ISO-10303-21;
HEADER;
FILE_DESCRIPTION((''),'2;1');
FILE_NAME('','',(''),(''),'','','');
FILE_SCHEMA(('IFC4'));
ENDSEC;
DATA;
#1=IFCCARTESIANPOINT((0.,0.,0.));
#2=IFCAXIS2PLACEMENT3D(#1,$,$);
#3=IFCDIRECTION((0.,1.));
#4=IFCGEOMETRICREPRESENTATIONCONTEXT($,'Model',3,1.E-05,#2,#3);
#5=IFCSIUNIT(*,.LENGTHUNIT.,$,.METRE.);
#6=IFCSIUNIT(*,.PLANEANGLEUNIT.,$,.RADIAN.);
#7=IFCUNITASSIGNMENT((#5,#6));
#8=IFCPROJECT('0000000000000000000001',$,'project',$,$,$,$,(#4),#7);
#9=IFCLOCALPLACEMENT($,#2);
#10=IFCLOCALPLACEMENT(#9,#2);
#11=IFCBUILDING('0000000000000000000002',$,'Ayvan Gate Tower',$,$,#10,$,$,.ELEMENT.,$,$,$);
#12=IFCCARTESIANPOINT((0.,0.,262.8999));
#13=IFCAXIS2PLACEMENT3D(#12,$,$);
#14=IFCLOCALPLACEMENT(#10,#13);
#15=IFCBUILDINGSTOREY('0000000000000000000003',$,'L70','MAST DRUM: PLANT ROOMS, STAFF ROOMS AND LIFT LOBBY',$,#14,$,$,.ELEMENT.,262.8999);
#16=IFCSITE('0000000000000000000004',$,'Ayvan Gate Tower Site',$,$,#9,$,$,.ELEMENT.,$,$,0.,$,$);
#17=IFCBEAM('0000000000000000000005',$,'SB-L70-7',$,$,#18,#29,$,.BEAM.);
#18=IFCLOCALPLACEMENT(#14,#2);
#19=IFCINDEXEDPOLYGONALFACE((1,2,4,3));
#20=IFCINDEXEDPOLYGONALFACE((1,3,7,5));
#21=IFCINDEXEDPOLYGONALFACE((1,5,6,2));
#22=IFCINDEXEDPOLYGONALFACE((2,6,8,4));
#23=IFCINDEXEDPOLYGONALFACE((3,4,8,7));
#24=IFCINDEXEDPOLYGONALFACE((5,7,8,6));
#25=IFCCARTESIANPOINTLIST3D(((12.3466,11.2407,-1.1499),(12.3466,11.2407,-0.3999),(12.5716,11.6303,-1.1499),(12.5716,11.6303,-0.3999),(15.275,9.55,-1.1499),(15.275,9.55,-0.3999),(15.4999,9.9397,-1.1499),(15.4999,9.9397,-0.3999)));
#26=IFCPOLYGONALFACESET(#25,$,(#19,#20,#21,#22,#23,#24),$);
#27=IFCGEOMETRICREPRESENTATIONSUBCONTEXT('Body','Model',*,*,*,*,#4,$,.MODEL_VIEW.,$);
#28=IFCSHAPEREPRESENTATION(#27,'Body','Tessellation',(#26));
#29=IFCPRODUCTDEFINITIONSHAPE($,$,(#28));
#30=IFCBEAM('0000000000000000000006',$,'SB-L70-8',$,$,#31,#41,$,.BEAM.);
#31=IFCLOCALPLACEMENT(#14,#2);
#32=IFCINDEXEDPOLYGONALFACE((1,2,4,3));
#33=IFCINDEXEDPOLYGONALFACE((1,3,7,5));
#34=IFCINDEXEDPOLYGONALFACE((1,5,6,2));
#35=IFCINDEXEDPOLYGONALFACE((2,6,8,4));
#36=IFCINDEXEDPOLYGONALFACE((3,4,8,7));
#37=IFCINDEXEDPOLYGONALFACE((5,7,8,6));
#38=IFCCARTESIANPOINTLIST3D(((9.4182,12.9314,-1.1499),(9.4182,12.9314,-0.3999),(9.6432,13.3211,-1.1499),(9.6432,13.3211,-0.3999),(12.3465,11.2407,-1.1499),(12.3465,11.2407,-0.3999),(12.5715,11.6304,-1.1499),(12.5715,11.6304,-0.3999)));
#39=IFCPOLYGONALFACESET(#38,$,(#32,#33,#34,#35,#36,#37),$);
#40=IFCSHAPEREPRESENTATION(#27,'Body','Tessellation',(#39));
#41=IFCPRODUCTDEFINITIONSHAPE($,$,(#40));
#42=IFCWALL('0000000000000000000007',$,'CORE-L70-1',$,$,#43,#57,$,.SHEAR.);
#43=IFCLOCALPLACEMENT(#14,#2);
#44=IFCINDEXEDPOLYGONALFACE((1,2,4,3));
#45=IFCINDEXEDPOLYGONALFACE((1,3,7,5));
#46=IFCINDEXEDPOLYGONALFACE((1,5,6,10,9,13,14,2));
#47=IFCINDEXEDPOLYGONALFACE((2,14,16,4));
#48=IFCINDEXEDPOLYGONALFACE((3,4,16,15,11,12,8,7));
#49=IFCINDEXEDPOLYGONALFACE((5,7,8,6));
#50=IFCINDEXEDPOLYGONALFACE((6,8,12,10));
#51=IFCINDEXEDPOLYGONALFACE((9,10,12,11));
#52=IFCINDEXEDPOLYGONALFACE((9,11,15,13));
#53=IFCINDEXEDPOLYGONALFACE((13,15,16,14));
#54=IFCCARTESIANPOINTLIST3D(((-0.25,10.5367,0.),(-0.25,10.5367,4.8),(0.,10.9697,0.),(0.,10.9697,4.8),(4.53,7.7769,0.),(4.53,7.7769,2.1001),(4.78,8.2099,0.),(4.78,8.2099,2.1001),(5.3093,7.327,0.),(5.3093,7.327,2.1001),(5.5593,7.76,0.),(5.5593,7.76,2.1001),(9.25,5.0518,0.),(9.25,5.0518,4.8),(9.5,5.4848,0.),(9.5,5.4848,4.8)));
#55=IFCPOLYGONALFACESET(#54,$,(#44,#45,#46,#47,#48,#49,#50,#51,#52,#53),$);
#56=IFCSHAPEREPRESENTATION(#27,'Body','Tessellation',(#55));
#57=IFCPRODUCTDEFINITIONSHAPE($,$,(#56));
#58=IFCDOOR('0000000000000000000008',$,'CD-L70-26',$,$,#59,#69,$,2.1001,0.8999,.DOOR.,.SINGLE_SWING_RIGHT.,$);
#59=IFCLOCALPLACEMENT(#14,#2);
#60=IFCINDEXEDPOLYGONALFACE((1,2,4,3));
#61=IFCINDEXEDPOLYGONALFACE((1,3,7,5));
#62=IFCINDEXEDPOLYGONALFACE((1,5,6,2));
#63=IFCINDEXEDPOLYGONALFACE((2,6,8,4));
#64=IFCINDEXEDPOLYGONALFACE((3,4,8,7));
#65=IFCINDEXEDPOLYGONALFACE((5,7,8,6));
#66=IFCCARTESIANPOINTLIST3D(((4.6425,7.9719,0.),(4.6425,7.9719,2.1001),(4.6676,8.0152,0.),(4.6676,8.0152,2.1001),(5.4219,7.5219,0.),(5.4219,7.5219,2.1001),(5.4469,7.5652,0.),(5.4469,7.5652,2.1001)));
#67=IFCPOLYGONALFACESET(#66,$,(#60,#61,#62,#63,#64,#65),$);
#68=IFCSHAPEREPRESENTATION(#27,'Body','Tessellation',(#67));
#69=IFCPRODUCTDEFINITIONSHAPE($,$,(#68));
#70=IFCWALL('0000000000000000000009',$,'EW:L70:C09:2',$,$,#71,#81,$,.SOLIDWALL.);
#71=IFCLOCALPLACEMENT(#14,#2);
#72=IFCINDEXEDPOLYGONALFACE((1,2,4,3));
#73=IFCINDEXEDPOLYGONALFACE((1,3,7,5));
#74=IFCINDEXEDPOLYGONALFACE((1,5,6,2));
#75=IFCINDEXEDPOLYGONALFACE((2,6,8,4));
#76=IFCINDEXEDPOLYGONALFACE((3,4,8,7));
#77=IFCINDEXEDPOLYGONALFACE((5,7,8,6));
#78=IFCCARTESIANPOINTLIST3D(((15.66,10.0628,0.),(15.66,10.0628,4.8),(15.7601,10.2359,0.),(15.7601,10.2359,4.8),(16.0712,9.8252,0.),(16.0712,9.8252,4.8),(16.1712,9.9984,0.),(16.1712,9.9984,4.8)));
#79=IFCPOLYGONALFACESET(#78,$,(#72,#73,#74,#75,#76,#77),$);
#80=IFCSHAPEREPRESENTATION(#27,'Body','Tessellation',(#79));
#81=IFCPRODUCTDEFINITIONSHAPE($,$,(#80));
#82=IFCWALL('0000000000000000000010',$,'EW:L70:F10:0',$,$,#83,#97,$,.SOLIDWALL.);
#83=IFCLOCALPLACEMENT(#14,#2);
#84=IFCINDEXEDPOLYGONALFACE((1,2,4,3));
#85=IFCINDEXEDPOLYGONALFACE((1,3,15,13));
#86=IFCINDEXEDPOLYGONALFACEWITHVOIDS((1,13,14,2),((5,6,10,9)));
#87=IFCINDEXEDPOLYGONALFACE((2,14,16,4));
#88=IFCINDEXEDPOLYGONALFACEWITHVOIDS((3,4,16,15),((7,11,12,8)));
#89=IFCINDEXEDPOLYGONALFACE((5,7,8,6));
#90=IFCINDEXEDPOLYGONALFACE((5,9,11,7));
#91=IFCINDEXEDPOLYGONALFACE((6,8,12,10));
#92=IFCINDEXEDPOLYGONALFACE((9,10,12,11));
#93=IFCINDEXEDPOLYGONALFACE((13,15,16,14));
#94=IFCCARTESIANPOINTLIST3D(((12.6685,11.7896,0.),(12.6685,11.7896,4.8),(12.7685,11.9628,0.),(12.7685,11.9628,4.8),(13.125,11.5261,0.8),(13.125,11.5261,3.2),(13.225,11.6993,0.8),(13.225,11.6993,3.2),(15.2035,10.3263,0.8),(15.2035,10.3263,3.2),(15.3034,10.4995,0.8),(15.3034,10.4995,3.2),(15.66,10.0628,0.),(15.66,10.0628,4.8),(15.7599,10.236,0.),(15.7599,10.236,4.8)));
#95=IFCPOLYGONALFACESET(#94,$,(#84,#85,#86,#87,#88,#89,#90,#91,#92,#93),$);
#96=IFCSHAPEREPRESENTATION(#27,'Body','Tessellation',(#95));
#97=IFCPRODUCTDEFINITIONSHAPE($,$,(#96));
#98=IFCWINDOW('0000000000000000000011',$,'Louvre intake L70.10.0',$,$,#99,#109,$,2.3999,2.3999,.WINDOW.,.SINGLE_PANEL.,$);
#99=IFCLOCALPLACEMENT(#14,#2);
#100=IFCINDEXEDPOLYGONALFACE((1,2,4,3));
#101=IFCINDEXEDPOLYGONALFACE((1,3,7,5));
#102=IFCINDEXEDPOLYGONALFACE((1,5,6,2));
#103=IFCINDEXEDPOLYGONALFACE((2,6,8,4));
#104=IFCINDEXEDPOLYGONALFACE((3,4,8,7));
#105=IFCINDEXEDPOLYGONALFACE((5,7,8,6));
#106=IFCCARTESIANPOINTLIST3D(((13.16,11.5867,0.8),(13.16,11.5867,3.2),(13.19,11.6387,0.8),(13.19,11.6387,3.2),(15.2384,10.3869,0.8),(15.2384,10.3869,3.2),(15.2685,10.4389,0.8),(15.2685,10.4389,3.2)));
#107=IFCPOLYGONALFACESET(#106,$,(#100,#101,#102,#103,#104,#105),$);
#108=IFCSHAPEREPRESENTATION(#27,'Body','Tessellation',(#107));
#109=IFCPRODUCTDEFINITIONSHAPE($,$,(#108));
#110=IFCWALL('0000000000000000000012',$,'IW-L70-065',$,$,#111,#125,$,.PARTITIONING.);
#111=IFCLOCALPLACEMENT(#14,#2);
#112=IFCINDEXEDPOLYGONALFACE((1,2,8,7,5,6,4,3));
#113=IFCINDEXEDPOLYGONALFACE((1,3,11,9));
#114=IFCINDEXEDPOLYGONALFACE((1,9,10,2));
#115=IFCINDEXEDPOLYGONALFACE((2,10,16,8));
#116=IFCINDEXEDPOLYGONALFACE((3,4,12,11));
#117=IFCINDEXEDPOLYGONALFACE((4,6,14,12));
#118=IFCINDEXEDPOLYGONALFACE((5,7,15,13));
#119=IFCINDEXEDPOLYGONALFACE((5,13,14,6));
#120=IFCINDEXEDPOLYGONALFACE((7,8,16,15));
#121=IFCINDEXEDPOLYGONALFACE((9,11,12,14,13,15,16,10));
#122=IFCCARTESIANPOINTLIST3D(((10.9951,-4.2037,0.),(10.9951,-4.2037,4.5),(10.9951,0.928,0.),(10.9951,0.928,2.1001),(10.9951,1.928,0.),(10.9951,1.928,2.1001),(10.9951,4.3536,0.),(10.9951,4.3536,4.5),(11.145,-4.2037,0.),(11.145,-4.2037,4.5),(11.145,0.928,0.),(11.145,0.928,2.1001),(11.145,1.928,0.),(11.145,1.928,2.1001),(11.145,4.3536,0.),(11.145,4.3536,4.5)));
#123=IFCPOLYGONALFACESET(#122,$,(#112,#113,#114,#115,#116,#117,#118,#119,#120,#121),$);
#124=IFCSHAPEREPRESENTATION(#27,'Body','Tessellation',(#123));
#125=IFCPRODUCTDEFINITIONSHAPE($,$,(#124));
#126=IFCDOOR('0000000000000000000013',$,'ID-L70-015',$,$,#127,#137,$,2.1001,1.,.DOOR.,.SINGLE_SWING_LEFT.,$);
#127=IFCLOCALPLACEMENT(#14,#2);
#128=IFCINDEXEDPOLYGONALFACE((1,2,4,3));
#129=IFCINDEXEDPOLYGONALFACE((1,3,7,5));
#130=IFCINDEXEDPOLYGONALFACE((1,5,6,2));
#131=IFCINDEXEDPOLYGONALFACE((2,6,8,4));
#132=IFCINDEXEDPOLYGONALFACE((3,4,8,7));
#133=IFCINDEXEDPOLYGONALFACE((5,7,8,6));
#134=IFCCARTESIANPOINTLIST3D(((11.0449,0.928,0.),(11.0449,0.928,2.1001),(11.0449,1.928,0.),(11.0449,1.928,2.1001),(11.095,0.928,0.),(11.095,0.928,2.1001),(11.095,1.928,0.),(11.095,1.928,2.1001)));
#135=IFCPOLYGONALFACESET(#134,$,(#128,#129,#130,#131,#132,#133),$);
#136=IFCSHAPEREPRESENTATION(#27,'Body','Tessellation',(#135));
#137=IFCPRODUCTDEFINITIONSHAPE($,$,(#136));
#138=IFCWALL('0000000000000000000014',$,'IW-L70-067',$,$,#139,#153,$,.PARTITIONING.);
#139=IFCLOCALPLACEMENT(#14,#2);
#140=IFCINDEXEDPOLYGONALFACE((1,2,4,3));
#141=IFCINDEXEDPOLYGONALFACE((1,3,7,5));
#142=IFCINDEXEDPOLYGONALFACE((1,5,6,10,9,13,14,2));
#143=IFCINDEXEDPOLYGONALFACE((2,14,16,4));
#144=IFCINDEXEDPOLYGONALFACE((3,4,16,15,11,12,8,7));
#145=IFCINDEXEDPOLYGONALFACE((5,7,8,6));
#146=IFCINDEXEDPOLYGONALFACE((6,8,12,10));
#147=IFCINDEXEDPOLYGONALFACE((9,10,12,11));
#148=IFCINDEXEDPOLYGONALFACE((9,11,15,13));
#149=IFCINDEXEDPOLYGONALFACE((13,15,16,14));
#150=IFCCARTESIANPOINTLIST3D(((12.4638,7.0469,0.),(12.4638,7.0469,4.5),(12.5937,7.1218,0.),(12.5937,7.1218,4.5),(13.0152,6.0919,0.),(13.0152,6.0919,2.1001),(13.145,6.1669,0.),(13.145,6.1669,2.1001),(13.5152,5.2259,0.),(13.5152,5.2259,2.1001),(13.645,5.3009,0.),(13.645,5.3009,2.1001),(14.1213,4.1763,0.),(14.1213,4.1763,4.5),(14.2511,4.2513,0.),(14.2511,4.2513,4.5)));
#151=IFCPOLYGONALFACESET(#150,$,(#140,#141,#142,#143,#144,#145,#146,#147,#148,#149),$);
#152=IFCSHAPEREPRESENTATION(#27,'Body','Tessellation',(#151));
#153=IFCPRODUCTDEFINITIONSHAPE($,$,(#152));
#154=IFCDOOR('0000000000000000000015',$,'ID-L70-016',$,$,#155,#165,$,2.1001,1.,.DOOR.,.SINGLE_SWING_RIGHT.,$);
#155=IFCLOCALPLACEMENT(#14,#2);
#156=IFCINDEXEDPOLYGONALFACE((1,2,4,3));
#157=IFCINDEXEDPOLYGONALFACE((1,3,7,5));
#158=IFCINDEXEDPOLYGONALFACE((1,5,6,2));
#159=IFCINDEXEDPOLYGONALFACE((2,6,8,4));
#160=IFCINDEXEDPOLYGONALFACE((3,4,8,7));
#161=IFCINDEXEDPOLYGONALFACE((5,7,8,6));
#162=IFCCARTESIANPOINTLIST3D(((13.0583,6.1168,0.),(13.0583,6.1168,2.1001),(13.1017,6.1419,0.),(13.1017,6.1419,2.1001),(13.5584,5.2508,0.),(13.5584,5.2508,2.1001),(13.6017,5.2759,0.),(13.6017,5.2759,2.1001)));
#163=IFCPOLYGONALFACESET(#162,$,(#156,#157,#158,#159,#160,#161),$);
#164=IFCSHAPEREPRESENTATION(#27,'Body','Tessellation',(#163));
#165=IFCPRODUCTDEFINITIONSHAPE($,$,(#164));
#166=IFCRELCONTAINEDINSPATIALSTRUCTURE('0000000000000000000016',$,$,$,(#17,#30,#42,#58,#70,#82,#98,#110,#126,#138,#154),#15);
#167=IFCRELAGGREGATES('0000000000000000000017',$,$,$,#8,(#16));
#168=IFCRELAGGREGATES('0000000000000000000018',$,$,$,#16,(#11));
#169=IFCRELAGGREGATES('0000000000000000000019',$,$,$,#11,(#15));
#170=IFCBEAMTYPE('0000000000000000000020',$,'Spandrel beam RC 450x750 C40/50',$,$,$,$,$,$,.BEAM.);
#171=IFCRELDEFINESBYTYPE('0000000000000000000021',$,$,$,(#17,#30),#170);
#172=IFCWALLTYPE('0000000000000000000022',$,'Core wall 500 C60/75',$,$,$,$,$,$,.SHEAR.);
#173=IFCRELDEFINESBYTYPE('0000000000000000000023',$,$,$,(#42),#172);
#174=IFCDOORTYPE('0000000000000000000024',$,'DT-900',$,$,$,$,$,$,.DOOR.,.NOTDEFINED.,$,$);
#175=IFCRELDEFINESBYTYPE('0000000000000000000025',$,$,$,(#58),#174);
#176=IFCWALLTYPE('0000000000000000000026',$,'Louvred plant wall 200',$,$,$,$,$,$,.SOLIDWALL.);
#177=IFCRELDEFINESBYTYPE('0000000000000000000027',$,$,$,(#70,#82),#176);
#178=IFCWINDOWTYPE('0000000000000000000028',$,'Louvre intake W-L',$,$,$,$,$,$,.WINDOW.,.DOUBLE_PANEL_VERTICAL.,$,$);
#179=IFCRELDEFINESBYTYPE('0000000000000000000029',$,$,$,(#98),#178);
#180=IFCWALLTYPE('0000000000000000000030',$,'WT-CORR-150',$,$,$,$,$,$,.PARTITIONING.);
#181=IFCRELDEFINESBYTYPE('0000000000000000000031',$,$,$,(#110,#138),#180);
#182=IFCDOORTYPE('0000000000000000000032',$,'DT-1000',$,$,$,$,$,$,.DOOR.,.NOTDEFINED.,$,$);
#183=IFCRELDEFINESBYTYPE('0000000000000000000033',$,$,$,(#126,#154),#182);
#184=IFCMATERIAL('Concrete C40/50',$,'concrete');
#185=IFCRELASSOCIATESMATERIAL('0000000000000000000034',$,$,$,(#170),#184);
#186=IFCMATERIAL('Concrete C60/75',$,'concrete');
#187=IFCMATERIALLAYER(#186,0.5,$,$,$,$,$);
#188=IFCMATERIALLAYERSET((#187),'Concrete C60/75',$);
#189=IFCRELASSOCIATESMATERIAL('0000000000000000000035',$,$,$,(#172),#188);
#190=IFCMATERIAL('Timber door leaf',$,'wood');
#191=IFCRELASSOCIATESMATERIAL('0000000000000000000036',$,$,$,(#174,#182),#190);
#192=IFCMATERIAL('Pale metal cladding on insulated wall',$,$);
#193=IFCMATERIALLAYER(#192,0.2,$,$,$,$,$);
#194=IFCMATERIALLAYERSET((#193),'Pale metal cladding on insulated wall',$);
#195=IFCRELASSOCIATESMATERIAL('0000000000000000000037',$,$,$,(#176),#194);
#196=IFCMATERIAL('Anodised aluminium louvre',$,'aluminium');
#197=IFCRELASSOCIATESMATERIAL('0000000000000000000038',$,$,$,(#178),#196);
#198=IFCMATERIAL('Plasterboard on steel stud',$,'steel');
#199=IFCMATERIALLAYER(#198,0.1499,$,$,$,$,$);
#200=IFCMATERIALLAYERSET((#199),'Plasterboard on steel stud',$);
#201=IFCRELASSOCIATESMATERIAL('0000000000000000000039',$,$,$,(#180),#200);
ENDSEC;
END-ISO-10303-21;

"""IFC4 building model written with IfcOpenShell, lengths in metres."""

from ifc_helpers import new_model, si_unit, direction, frame, frame_2d, origin, origin_2d, place, context, subcontext, project, spatial, rectangle, extrude, material, layer, layer_set, material_profile, profile_set, type_object, element, fill, save


model = new_model("IFC4")

# Units and contexts
model_context = context("Model", 3, precision=1e-05, world=origin(), true_north=direction((0.0, 1.0)))
body_context = subcontext(model_context, "Body", "Model", "MODEL_VIEW")
ifc_project = project(units=[si_unit("LENGTHUNIT", "METRE"), si_unit("PLANEANGLEUNIT", "RADIAN")], contexts=[model_context])

# Site, building, storey
site_placement = place(None, origin())
site = spatial("IfcSite", under=ifc_project, at=site_placement, Name="Ayvan Gate Tower Site", CompositionType="ELEMENT", RefElevation=0.0)
building_placement = place(site_placement, origin())
building = spatial("IfcBuilding", under=site, at=building_placement, Name="Ayvan Gate Tower", CompositionType="ELEMENT")
storey_placement = place(building_placement, frame((0.0, 0.0, 262.8999)))
storey = spatial("IfcBuildingStorey", under=building, at=storey_placement, Name="L70", Description="MAST DRUM: PLANT ROOMS, STAFF ROOMS AND LIFT LOBBY", CompositionType="ELEMENT", Elevation=262.8999)

# Beams
ifc_material_1 = material(Name="Concrete C40/50", Category="concrete")
ifc_material_profile = material_profile(ifc_material_1, rectangle(XDim=0.45, YDim=0.75, at=origin_2d()), Name="RC 450x750")
ifc_profile_set = profile_set([ifc_material_profile], Name="Concrete C40/50")
beam_type = type_object("IfcBeamType", Name="Spandrel beam RC 450x750 C40/50", PredefinedType="BEAM", material=ifc_profile_set)
for number, where, z_axis, x_axis, name in (
    (1, (15.3875, 9.7449, -0.7749), (-0.866035, 0.499983, 0.0), (-0.499983, -0.866035, 0.0), "SB-L70-7"),
    (2, (12.459, 11.4355, -0.7749), (-0.866017, 0.500014, 0.0), (-0.500014, -0.866017, 0.0), "SB-L70-8"),
):
    element("IfcBeam", number, at=place(storey_placement, frame(where, z_axis=z_axis, x_axis=x_axis)), inside=storey, type_object=beam_type, Name=name, PredefinedType="BEAM", context=body_context, shape_type="SweptSolid", body=[
        extrude(rectangle(XDim=0.45, YDim=0.75, at=origin_2d()), origin(), (0.0, 0.0, 1.0), 3.3813),
    ])

# Wall, opening, door
ifc_material_2 = material(Name="Concrete C60/75", Category="concrete")
ifc_layer_1 = layer(ifc_material_2, 0.5)
ifc_layer_set_1 = layer_set([ifc_layer_1], Name="Concrete C60/75")
wall_type_1 = type_object("IfcWallType", Name="Core wall 500 C60/75", PredefinedType="SHEAR", material=ifc_layer_set_1)
wall_1_placement = place(storey_placement, frame((9.375, 5.2683, 0.0), z_axis=(0.0, 0.0, 1.0), x_axis=(-0.866024, 0.500002, 0.0)))
wall_1 = element("IfcWall", 3, at=wall_1_placement, inside=storey, type_object=wall_type_1, Name="CORE-L70-1", PredefinedType="SHEAR", context=body_context, shape_type="SweptSolid", body=[
    extrude(rectangle(XDim=10.9697, YDim=0.5, at=frame_2d((5.4849, 0.0))), origin(), (0.0, 0.0, 1.0), 4.8),
])
opening_1_placement = place(wall_1_placement, frame((4.5503, 0.0, 0.0)))
opening_1 = element("IfcOpeningElement", 4, at=opening_1_placement, cuts=wall_1, PredefinedType="OPENING", context=body_context, shape_type="SweptSolid", body=[
    extrude(rectangle(XDim=0.8999, YDim=2.1001, at=frame_2d((0.45, 1.05))), frame((0.0, 0.26, 0.0), z_axis=(0.0, -1.0, 0.0), x_axis=(1.0, 0.0, 0.0)), (0.0, 0.0, 1.0), 0.52),
])
ifc_material_3 = material(Name="Timber door leaf", Category="wood")
door_type_1 = type_object("IfcDoorType", Name="DT-900", OperationType="NOTDEFINED", PredefinedType="DOOR", material=ifc_material_3)
door_1_placement = place(opening_1_placement, origin())
door_1 = element("IfcDoor", 5, at=door_1_placement, inside=storey, type_object=door_type_1, Name="CD-L70-26", OperationType="SINGLE_SWING_RIGHT", OverallHeight=2.1001, OverallWidth=0.8999, PredefinedType="DOOR", context=body_context, shape_type="SweptSolid", body=[
    extrude(rectangle(XDim=0.8999, YDim=2.1001, at=frame_2d((0.45, 1.05))), frame((0.0, 0.0249, 0.0), z_axis=(0.0, -1.0, 0.0), x_axis=(1.0, 0.0, 0.0)), (0.0, 0.0, 1.0), 0.05),
])
fill(opening_1, door_1)

# Wall
ifc_material_4 = material(Name="Pale metal cladding on insulated wall")
ifc_layer_2 = layer(ifc_material_4, 0.2)
ifc_layer_set_2 = layer_set([ifc_layer_2], Name="Pale metal cladding on insulated wall")
wall_type_2 = type_object("IfcWallType", Name="Louvred plant wall 200", PredefinedType="SOLIDWALL", material=ifc_layer_set_2)
wall_2_placement = place(storey_placement, frame((16.1211, 9.9119, 0.0), z_axis=(0.0, 0.0, 1.0), x_axis=(-0.86586, 0.500286, 0.0)))
element("IfcWall", 6, at=wall_2_placement, inside=storey, type_object=wall_type_2, Name="EW:L70:C09:2", PredefinedType="SOLIDWALL", context=body_context, shape_type="SweptSolid", body=[
    extrude(rectangle(XDim=0.4749, YDim=0.2, at=frame_2d((0.2373, 0.0))), origin(), (0.0, 0.0, 1.0), 4.8),
])

# Wall, opening, window
wall_3_placement = place(storey_placement, frame((15.71, 10.1494, 0.0), z_axis=(0.0, 0.0, 1.0), x_axis=(-0.866064, 0.499933, 0.0)))
wall_3 = element("IfcWall", 7, at=wall_3_placement, inside=storey, type_object=wall_type_2, Name="EW:L70:F10:0", PredefinedType="SOLIDWALL", context=body_context, shape_type="SweptSolid", body=[
    extrude(rectangle(XDim=3.4541, YDim=0.2, at=frame_2d((1.7271, 0.0))), origin(), (0.0, 0.0, 1.0), 4.8),
])
opening_2_placement = place(wall_3_placement, frame((0.5271, 0.0, 0.8)))
opening_2 = element("IfcOpeningElement", 8, at=opening_2_placement, cuts=wall_3, PredefinedType="OPENING", context=body_context, shape_type="SweptSolid", body=[
    extrude(rectangle(XDim=2.3999, YDim=2.3999, at=frame_2d((1.2, 1.2))), frame((0.0, 0.1099, 0.0), z_axis=(0.0, -1.0, 0.0), x_axis=(1.0, 0.0, 0.0)), (0.0, 0.0, 1.0), 0.22),
])
ifc_material_5 = material(Name="Anodised aluminium louvre", Category="aluminium")
window_type = type_object("IfcWindowType", Name="Louvre intake W-L", PartitioningType="DOUBLE_PANEL_VERTICAL", PredefinedType="WINDOW", material=ifc_material_5)
window_placement = place(opening_2_placement, origin())
window = element("IfcWindow", 9, at=window_placement, inside=storey, type_object=window_type, Name="Louvre intake L70.10.0", OverallHeight=2.3999, OverallWidth=2.3999, PartitioningType="SINGLE_PANEL", PredefinedType="WINDOW", context=body_context, shape_type="SweptSolid", body=[
    extrude(rectangle(XDim=2.3999, YDim=2.3999, at=frame_2d((1.2, 1.2))), frame((0.0, 0.03, 0.0), z_axis=(0.0, -1.0, 0.0), x_axis=(1.0, 0.0, 0.0)), (0.0, 0.0, 1.0), 0.0601),
])
fill(opening_2, window)

# Walls, openings, doors
ifc_material_6 = material(Name="Plasterboard on steel stud", Category="steel")
ifc_layer_3 = layer(ifc_material_6, 0.1499)
ifc_layer_set_3 = layer_set([ifc_layer_3], Name="Plasterboard on steel stud")
wall_type_3 = type_object("IfcWallType", Name="WT-CORR-150", PredefinedType="PARTITIONING", material=ifc_layer_set_3)
wall_4_placement = place(storey_placement, frame((11.0701, 4.3538, 0.0), z_axis=(0.0, 0.0, 1.0), x_axis=(0.0, -1.0, 0.0)))
wall_4 = element("IfcWall", 10, at=wall_4_placement, inside=storey, type_object=wall_type_3, Name="IW-L70-065", PredefinedType="PARTITIONING", context=body_context, shape_type="SweptSolid", body=[
    extrude(rectangle(XDim=8.5574, YDim=0.1499, at=frame_2d((4.2788, 0.0))), origin(), (0.0, 0.0, 1.0), 4.5),
])
opening_3_placement = place(wall_4_placement, frame((2.4258, 0.0, 0.0)))
opening_3 = element("IfcOpeningElement", 11, at=opening_3_placement, cuts=wall_4, PredefinedType="OPENING", context=body_context, shape_type="SweptSolid", body=[
    extrude(rectangle(XDim=1.0, YDim=2.1001, at=frame_2d((0.5, 1.05))), frame((0.0, 0.085, 0.0), z_axis=(0.0, -1.0, 0.0), x_axis=(1.0, 0.0, 0.0)), (0.0, 0.0, 1.0), 0.1699),
])
door_type_2 = type_object("IfcDoorType", Name="DT-1000", OperationType="NOTDEFINED", PredefinedType="DOOR", material=ifc_material_3)
door_2_placement = place(opening_3_placement, origin())
door_2 = element("IfcDoor", 12, at=door_2_placement, inside=storey, type_object=door_type_2, Name="ID-L70-015", OperationType="SINGLE_SWING_LEFT", OverallHeight=2.1001, OverallWidth=1.0, PredefinedType="DOOR", context=body_context, shape_type="SweptSolid", body=[
    extrude(rectangle(XDim=1.0, YDim=2.1001, at=frame_2d((0.5, 1.05))), frame((0.0, 0.0249, 0.0), z_axis=(0.0, -1.0, 0.0), x_axis=(1.0, 0.0, 0.0)), (0.0, 0.0, 1.0), 0.05),
])
fill(opening_3, door_2)
wall_5_placement = place(storey_placement, frame((12.5288, 7.0842, 0.0), z_axis=(0.0, 0.0, 1.0), x_axis=(0.500028, -0.866009, 0.0)))
wall_5 = element("IfcWall", 13, at=wall_5_placement, inside=storey, type_object=wall_type_3, Name="IW-L70-067", PredefinedType="PARTITIONING", context=body_context, shape_type="SweptSolid", body=[
    extrude(rectangle(XDim=3.3147, YDim=0.1499, at=frame_2d((1.6572, 0.0))), origin(), (0.0, 0.0, 1.0), 4.5),
])
opening_4_placement = place(wall_5_placement, frame((1.1025, 0.0, 0.0)))
opening_4 = element("IfcOpeningElement", 14, at=opening_4_placement, cuts=wall_5, PredefinedType="OPENING", context=body_context, shape_type="SweptSolid", body=[
    extrude(rectangle(XDim=1.0, YDim=2.1001, at=frame_2d((0.5, 1.05))), frame((0.0, 0.085, 0.0), z_axis=(0.0, -1.0, 0.0), x_axis=(1.0, 0.0, 0.0)), (0.0, 0.0, 1.0), 0.1699),
])
door_3_placement = place(opening_4_placement, origin())
door_3 = element("IfcDoor", 15, at=door_3_placement, inside=storey, type_object=door_type_2, Name="ID-L70-016", OperationType="SINGLE_SWING_RIGHT", OverallHeight=2.1001, OverallWidth=1.0, PredefinedType="DOOR", context=body_context, shape_type="SweptSolid", body=[
    extrude(rectangle(XDim=1.0, YDim=2.1001, at=frame_2d((0.5, 1.05))), frame((0.0, 0.0249, 0.0), z_axis=(0.0, -1.0, 0.0), x_axis=(1.0, 0.0, 0.0)), (0.0, 0.0, 1.0), 0.05),
])
fill(opening_4, door_3)

save(model, "model.ifc")
